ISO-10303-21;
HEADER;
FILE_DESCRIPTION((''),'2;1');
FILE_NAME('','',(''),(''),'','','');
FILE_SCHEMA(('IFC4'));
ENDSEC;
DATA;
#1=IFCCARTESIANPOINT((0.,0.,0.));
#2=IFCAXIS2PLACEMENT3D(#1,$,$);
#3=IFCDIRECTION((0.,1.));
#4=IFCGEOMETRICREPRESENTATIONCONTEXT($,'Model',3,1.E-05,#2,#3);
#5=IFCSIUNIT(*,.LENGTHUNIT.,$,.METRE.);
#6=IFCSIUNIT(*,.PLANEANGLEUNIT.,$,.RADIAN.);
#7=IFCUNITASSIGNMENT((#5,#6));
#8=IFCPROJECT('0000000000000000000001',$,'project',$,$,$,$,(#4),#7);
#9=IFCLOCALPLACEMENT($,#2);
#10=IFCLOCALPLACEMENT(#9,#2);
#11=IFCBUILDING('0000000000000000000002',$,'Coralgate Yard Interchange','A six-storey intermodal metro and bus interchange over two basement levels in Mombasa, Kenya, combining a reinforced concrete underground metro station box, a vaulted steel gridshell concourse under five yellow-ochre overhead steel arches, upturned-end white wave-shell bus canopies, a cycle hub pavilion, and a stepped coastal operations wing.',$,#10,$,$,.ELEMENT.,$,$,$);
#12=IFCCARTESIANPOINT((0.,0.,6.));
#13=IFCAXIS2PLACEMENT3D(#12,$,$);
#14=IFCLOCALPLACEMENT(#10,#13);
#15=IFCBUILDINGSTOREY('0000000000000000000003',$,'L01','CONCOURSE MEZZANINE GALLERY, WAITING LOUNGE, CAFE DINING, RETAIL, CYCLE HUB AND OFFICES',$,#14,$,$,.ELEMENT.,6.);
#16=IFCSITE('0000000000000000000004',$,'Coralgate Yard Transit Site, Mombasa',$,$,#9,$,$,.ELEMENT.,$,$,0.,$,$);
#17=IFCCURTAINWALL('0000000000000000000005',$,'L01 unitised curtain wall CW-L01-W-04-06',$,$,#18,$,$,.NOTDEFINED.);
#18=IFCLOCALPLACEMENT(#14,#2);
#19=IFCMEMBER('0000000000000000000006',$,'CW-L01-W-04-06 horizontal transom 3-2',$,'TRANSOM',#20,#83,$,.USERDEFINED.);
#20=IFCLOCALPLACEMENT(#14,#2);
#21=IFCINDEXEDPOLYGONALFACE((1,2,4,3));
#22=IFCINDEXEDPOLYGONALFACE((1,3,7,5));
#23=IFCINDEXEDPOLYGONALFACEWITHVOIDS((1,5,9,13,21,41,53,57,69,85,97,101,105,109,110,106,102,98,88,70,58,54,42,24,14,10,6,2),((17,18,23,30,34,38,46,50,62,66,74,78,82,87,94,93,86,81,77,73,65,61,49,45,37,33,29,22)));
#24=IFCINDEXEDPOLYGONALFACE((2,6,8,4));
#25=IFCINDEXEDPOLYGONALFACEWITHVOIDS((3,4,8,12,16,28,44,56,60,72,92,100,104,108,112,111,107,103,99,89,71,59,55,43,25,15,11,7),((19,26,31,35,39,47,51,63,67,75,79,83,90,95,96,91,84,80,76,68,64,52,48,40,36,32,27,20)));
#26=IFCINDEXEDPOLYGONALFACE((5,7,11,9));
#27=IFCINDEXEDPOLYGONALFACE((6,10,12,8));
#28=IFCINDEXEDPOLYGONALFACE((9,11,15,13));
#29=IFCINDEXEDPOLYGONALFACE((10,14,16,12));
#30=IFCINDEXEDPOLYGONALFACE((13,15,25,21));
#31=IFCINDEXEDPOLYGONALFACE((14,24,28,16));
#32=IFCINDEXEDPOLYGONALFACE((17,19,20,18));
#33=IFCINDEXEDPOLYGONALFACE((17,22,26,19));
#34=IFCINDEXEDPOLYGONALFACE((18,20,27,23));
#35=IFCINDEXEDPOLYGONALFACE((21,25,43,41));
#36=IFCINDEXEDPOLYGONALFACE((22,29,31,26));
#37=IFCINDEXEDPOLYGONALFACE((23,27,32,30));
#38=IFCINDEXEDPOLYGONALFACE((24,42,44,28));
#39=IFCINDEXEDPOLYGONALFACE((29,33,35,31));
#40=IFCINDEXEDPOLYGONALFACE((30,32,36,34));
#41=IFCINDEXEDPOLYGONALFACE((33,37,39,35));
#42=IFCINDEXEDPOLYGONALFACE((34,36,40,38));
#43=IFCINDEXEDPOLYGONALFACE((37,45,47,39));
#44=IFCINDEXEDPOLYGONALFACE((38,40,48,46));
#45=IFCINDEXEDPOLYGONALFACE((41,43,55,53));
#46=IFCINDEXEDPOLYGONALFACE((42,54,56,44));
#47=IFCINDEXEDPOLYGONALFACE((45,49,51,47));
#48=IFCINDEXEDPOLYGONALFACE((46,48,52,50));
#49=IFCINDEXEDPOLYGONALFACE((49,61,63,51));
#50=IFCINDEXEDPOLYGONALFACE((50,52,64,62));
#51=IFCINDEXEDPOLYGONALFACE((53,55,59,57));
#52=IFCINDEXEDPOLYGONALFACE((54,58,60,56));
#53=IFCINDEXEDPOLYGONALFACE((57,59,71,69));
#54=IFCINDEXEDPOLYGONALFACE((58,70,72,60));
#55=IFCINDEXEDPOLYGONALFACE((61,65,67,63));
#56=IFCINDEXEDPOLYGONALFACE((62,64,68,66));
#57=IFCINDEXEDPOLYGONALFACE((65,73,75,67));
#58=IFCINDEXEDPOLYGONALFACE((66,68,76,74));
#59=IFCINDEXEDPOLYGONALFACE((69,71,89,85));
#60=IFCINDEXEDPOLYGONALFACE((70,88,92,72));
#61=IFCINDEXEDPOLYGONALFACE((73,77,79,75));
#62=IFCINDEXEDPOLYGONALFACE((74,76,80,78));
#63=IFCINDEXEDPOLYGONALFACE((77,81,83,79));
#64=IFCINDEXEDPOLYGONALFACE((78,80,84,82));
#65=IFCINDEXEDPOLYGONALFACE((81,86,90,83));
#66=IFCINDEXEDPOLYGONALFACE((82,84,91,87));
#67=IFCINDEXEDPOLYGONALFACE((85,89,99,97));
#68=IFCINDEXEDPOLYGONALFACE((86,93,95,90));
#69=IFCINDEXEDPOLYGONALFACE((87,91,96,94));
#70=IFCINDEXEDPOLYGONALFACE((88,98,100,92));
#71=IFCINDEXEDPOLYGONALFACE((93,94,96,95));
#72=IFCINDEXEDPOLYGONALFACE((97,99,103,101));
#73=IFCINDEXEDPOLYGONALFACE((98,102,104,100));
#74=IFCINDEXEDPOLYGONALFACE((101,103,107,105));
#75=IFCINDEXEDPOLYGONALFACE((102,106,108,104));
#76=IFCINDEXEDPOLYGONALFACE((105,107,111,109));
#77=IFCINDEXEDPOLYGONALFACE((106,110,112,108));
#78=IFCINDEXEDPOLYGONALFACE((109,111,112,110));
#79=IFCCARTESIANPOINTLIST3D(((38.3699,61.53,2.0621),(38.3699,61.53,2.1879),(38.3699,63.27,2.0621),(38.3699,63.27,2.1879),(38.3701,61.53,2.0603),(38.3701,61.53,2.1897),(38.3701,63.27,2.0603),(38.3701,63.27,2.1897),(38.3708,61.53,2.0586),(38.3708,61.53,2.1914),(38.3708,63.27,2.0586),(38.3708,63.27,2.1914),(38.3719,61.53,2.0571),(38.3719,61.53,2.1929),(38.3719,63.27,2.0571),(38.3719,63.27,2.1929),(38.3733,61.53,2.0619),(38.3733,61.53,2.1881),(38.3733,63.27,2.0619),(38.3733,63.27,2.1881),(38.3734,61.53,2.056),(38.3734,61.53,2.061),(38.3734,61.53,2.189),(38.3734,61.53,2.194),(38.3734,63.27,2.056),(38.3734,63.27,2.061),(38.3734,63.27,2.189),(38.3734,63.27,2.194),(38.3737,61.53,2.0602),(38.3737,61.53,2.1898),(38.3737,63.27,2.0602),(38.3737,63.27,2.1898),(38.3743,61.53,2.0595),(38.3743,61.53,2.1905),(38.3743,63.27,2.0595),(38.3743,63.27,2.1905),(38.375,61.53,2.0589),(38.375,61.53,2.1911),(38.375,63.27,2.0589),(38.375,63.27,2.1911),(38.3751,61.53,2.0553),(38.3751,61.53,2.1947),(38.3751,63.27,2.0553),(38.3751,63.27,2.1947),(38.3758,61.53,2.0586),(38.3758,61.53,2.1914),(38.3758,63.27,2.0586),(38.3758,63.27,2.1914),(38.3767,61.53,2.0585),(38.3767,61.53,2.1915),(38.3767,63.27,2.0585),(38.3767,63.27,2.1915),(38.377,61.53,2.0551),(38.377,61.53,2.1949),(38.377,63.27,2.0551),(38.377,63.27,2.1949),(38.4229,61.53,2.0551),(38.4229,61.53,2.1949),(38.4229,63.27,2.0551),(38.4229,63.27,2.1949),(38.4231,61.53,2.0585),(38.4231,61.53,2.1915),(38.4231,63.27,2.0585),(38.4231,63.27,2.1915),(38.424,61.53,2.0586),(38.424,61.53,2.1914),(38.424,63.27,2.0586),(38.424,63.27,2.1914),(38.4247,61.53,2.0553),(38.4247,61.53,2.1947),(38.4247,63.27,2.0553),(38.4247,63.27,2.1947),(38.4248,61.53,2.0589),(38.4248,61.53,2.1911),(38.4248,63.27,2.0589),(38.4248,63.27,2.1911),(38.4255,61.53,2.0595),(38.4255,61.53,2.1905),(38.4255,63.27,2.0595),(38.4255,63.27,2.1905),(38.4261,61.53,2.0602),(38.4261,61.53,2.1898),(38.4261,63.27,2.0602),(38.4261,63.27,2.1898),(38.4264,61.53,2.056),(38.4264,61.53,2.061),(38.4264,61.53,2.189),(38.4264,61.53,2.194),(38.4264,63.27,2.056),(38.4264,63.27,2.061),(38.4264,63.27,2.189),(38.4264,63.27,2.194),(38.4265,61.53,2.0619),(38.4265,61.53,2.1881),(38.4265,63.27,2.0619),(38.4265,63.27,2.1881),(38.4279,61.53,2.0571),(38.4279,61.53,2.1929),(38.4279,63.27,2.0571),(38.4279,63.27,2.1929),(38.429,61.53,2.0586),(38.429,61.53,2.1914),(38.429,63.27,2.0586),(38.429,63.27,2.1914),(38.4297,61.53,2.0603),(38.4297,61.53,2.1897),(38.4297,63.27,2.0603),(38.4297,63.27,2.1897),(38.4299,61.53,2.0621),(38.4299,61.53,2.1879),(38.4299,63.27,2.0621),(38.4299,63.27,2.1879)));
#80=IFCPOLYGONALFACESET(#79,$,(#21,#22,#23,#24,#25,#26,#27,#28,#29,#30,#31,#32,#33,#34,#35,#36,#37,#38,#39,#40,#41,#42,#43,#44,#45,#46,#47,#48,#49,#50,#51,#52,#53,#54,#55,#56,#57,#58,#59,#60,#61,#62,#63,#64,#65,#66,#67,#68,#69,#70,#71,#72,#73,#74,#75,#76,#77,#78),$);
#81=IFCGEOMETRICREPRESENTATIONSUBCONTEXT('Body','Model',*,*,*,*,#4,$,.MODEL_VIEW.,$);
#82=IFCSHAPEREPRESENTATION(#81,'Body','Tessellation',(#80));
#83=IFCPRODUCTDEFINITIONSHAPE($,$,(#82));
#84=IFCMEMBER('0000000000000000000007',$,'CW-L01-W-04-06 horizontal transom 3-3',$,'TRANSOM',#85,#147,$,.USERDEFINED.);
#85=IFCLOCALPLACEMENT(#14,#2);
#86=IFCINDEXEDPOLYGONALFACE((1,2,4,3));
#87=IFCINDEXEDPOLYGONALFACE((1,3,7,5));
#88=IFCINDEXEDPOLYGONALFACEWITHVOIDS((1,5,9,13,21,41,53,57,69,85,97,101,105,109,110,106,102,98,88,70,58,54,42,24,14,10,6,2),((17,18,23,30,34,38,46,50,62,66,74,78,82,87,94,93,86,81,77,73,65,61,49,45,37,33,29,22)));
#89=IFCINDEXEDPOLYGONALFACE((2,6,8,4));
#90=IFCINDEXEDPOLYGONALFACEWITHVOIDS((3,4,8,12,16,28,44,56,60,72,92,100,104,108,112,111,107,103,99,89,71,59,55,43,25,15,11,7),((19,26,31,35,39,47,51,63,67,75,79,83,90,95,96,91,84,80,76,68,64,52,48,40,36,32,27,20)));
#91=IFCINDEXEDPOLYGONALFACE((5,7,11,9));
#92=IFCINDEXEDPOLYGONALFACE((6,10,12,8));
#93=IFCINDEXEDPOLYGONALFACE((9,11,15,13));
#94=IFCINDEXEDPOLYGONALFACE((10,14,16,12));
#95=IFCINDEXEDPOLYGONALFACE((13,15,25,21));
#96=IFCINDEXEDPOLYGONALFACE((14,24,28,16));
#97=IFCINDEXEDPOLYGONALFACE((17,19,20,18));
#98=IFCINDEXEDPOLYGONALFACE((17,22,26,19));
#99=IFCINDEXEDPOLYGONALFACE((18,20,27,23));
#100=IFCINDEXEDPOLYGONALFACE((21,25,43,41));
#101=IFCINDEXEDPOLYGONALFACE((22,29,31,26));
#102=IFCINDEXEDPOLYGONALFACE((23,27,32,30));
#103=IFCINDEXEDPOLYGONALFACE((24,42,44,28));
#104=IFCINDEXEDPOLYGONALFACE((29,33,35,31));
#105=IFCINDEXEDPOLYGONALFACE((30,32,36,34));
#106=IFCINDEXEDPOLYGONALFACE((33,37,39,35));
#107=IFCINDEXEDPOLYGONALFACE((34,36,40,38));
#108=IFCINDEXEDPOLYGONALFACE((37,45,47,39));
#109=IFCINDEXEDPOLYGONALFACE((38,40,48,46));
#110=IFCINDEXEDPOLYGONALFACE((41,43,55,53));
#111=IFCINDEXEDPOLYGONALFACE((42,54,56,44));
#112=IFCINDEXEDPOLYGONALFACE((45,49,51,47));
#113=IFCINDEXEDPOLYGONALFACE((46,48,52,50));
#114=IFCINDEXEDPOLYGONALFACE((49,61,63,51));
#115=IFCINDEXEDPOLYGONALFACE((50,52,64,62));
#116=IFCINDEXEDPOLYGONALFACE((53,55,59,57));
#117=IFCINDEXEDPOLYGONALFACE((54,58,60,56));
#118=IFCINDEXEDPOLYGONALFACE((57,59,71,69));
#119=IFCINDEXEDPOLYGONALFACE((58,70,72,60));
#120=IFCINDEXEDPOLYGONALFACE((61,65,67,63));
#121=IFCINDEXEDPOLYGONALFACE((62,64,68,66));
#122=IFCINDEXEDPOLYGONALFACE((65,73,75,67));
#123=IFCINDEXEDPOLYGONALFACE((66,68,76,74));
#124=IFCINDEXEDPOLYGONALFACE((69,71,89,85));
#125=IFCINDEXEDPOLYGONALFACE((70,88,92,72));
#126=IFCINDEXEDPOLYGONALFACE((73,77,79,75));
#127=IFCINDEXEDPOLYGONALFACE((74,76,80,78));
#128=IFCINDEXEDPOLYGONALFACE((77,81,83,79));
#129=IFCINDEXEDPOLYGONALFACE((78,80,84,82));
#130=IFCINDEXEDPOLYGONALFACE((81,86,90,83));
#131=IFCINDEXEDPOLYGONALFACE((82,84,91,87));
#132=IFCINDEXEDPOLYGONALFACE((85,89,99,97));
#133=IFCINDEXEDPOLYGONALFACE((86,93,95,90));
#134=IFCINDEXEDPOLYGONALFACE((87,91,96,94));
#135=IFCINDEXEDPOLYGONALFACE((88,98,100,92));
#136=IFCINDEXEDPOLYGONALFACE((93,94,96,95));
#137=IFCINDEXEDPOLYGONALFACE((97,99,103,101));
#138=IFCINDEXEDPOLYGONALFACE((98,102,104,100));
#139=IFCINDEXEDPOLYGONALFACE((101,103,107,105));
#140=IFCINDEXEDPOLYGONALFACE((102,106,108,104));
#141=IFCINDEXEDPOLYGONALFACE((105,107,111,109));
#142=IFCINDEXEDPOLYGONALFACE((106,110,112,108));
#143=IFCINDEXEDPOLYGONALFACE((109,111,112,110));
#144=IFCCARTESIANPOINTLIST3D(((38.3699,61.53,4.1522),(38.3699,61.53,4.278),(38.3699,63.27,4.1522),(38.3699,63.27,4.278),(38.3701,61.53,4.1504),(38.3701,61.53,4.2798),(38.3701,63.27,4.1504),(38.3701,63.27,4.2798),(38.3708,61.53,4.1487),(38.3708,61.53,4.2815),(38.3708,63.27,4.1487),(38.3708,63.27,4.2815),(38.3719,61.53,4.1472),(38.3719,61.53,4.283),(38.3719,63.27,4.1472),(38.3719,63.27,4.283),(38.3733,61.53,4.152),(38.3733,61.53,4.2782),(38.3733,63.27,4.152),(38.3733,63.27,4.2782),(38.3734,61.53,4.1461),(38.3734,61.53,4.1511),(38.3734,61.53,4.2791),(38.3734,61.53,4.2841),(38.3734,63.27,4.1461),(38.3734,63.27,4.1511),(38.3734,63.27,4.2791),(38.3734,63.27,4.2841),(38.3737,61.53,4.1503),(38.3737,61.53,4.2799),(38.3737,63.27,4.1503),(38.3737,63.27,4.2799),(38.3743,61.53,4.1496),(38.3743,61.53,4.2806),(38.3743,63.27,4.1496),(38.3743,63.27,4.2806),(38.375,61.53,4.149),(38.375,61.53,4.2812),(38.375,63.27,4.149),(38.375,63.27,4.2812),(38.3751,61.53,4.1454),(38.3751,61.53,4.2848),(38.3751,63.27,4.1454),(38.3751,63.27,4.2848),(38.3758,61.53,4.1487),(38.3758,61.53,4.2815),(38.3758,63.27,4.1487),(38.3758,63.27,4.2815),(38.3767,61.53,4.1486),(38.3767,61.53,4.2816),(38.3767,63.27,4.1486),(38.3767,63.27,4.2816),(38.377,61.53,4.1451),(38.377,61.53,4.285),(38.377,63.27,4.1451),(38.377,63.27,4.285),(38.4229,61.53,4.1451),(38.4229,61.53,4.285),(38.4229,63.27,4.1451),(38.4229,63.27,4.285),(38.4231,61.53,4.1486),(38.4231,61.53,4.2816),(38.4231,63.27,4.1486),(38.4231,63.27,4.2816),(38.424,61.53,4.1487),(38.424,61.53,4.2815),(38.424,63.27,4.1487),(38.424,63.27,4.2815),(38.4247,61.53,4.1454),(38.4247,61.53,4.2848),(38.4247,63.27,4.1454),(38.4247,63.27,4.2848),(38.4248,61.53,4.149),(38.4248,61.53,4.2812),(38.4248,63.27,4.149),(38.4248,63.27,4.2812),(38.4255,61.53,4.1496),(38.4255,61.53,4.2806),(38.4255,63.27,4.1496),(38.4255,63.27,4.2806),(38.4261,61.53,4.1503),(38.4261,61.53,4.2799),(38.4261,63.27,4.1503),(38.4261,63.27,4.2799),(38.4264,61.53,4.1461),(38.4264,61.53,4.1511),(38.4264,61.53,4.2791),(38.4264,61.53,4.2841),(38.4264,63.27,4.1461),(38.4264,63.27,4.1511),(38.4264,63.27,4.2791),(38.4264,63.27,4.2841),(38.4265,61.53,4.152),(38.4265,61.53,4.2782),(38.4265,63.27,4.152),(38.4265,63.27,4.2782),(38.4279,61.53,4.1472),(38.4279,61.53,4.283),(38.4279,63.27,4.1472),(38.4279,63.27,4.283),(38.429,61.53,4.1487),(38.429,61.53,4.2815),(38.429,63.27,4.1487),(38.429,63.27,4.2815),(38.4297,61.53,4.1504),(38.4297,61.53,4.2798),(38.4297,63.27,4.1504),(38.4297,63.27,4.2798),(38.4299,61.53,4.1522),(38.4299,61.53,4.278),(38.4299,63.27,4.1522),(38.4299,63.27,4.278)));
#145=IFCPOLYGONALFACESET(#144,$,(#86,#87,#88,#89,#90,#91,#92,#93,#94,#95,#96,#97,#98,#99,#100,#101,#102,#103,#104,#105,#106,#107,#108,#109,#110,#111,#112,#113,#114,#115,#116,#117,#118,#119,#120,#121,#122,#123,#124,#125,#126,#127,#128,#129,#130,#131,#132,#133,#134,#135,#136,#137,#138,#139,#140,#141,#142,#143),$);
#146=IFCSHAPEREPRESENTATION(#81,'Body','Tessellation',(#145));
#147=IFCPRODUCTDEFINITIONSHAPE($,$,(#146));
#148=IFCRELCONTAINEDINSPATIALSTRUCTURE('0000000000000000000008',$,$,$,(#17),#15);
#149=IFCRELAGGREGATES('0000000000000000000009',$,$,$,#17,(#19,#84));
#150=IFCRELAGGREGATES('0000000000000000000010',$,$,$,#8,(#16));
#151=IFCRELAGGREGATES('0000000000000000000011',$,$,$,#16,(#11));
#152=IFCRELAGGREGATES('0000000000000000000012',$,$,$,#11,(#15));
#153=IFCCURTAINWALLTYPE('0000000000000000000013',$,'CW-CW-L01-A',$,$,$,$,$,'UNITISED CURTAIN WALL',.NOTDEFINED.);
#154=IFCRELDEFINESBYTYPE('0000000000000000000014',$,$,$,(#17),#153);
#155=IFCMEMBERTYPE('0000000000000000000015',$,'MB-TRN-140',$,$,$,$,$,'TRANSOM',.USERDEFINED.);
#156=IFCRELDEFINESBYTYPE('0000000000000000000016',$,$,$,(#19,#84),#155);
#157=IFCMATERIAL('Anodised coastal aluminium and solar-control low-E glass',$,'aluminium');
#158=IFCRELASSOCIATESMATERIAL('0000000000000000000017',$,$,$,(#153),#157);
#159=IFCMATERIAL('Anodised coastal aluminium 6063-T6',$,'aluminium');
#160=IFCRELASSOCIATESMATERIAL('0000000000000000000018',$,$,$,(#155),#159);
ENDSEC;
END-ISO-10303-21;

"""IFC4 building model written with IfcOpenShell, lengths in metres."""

from ifc_helpers import new_model, si_unit, direction, frame, origin, origin_2d, place, context, subcontext, project, spatial, hollow_rectangle, extrude, material, material_profile, profile_set, type_object, element, aggregate, save


model = new_model("IFC4")

# Units and contexts
model_context = context("Model", 3, precision=1e-05, world=origin(), true_north=direction((0.0, 1.0)))
body_context = subcontext(model_context, "Body", "Model", "MODEL_VIEW")
ifc_project = project(units=[si_unit("LENGTHUNIT", "METRE"), si_unit("PLANEANGLEUNIT", "RADIAN")], contexts=[model_context])

# Site, building, storey
site_placement = place(None, origin())
site = spatial("IfcSite", under=ifc_project, at=site_placement, Name="Coralgate Yard Transit Site, Mombasa", CompositionType="ELEMENT", RefElevation=0.0)
building_placement = place(site_placement, origin())
building = spatial("IfcBuilding", under=site, at=building_placement, Name="Coralgate Yard Interchange", Description="A six-storey intermodal metro and bus interchange over two basement levels in Mombasa, Kenya, combining a reinforced concrete underground metro station box, a vaulted steel gridshell concourse under five yellow-ochre overhead steel arches, upturned-end white wave-shell bus canopies, a cycle hub pavilion, and a stepped coastal operations wing.", CompositionType="ELEMENT")
storey_placement = place(building_placement, frame((0.0, 0.0, 6.0)))
storey = spatial("IfcBuildingStorey", under=building, at=storey_placement, Name="L01", Description="CONCOURSE MEZZANINE GALLERY, WAITING LOUNGE, CAFE DINING, RETAIL, CYCLE HUB AND OFFICES", CompositionType="ELEMENT", Elevation=6.0)

# Curtain wall, members
ifc_material_1 = material(Name="Anodised coastal aluminium and solar-control low-E glass", Category="aluminium")
curtain_wall_type = type_object("IfcCurtainWallType", Name="CW-CW-L01-A", ElementType="UNITISED CURTAIN WALL", PredefinedType="NOTDEFINED", material=ifc_material_1)
curtain_wall_placement = place(storey_placement, origin())
curtain_wall = element("IfcCurtainWall", 1, at=curtain_wall_placement, inside=storey, type_object=curtain_wall_type, Name="L01 unitised curtain wall CW-L01-W-04-06", PredefinedType="NOTDEFINED")
ifc_material_2 = material(Name="Anodised coastal aluminium 6063-T6", Category="aluminium")
ifc_material_profile_1 = material_profile(ifc_material_2, hollow_rectangle(XDim=0.0601, YDim=0.1399, WallThickness=0.0034, InnerFilletRadius=0.0034, OuterFilletRadius=0.0071, at=origin_2d()), Name="ALU 60x140x3.5")
ifc_profile_set_1 = profile_set([ifc_material_profile_1], Name="Anodised coastal aluminium 6063-T6")
member_type_1 = type_object("IfcMemberType", Name="MB-TRN-140", ElementType="TRANSOM", PredefinedType="USERDEFINED", material=ifc_profile_set_1)
member_1_placement = place(storey_placement, frame((38.3999, 61.53, 2.125), z_axis=(0.0, 1.0, 0.0), x_axis=(-1.0, 0.0, 0.0)))
member_1 = element("IfcMember", 2, at=member_1_placement, type_object=member_type_1, Name="CW-L01-W-04-06 horizontal transom 3-2", ObjectType="TRANSOM", PredefinedType="USERDEFINED", context=body_context, shape_type="SweptSolid", body=[
    extrude(hollow_rectangle(XDim=0.0601, YDim=0.1399, WallThickness=0.0034, InnerFilletRadius=0.0034, OuterFilletRadius=0.0071, at=origin_2d()), origin(), (0.0, 0.0, 1.0), 1.74),
])
member_2_placement = place(storey_placement, frame((38.3999, 61.53, 4.2151), z_axis=(0.0, 1.0, 0.0), x_axis=(-1.0, 0.0, 0.0)))
member_2 = element("IfcMember", 3, at=member_2_placement, type_object=member_type_1, Name="CW-L01-W-04-06 horizontal transom 3-3", ObjectType="TRANSOM", PredefinedType="USERDEFINED", context=body_context, shape_type="SweptSolid", body=[
    extrude(hollow_rectangle(XDim=0.0601, YDim=0.1399, WallThickness=0.0034, InnerFilletRadius=0.0034, OuterFilletRadius=0.0071, at=origin_2d()), origin(), (0.0, 0.0, 1.0), 1.74),
])
aggregate(curtain_wall, [member_1, member_2])

save(model, "model.ifc")
